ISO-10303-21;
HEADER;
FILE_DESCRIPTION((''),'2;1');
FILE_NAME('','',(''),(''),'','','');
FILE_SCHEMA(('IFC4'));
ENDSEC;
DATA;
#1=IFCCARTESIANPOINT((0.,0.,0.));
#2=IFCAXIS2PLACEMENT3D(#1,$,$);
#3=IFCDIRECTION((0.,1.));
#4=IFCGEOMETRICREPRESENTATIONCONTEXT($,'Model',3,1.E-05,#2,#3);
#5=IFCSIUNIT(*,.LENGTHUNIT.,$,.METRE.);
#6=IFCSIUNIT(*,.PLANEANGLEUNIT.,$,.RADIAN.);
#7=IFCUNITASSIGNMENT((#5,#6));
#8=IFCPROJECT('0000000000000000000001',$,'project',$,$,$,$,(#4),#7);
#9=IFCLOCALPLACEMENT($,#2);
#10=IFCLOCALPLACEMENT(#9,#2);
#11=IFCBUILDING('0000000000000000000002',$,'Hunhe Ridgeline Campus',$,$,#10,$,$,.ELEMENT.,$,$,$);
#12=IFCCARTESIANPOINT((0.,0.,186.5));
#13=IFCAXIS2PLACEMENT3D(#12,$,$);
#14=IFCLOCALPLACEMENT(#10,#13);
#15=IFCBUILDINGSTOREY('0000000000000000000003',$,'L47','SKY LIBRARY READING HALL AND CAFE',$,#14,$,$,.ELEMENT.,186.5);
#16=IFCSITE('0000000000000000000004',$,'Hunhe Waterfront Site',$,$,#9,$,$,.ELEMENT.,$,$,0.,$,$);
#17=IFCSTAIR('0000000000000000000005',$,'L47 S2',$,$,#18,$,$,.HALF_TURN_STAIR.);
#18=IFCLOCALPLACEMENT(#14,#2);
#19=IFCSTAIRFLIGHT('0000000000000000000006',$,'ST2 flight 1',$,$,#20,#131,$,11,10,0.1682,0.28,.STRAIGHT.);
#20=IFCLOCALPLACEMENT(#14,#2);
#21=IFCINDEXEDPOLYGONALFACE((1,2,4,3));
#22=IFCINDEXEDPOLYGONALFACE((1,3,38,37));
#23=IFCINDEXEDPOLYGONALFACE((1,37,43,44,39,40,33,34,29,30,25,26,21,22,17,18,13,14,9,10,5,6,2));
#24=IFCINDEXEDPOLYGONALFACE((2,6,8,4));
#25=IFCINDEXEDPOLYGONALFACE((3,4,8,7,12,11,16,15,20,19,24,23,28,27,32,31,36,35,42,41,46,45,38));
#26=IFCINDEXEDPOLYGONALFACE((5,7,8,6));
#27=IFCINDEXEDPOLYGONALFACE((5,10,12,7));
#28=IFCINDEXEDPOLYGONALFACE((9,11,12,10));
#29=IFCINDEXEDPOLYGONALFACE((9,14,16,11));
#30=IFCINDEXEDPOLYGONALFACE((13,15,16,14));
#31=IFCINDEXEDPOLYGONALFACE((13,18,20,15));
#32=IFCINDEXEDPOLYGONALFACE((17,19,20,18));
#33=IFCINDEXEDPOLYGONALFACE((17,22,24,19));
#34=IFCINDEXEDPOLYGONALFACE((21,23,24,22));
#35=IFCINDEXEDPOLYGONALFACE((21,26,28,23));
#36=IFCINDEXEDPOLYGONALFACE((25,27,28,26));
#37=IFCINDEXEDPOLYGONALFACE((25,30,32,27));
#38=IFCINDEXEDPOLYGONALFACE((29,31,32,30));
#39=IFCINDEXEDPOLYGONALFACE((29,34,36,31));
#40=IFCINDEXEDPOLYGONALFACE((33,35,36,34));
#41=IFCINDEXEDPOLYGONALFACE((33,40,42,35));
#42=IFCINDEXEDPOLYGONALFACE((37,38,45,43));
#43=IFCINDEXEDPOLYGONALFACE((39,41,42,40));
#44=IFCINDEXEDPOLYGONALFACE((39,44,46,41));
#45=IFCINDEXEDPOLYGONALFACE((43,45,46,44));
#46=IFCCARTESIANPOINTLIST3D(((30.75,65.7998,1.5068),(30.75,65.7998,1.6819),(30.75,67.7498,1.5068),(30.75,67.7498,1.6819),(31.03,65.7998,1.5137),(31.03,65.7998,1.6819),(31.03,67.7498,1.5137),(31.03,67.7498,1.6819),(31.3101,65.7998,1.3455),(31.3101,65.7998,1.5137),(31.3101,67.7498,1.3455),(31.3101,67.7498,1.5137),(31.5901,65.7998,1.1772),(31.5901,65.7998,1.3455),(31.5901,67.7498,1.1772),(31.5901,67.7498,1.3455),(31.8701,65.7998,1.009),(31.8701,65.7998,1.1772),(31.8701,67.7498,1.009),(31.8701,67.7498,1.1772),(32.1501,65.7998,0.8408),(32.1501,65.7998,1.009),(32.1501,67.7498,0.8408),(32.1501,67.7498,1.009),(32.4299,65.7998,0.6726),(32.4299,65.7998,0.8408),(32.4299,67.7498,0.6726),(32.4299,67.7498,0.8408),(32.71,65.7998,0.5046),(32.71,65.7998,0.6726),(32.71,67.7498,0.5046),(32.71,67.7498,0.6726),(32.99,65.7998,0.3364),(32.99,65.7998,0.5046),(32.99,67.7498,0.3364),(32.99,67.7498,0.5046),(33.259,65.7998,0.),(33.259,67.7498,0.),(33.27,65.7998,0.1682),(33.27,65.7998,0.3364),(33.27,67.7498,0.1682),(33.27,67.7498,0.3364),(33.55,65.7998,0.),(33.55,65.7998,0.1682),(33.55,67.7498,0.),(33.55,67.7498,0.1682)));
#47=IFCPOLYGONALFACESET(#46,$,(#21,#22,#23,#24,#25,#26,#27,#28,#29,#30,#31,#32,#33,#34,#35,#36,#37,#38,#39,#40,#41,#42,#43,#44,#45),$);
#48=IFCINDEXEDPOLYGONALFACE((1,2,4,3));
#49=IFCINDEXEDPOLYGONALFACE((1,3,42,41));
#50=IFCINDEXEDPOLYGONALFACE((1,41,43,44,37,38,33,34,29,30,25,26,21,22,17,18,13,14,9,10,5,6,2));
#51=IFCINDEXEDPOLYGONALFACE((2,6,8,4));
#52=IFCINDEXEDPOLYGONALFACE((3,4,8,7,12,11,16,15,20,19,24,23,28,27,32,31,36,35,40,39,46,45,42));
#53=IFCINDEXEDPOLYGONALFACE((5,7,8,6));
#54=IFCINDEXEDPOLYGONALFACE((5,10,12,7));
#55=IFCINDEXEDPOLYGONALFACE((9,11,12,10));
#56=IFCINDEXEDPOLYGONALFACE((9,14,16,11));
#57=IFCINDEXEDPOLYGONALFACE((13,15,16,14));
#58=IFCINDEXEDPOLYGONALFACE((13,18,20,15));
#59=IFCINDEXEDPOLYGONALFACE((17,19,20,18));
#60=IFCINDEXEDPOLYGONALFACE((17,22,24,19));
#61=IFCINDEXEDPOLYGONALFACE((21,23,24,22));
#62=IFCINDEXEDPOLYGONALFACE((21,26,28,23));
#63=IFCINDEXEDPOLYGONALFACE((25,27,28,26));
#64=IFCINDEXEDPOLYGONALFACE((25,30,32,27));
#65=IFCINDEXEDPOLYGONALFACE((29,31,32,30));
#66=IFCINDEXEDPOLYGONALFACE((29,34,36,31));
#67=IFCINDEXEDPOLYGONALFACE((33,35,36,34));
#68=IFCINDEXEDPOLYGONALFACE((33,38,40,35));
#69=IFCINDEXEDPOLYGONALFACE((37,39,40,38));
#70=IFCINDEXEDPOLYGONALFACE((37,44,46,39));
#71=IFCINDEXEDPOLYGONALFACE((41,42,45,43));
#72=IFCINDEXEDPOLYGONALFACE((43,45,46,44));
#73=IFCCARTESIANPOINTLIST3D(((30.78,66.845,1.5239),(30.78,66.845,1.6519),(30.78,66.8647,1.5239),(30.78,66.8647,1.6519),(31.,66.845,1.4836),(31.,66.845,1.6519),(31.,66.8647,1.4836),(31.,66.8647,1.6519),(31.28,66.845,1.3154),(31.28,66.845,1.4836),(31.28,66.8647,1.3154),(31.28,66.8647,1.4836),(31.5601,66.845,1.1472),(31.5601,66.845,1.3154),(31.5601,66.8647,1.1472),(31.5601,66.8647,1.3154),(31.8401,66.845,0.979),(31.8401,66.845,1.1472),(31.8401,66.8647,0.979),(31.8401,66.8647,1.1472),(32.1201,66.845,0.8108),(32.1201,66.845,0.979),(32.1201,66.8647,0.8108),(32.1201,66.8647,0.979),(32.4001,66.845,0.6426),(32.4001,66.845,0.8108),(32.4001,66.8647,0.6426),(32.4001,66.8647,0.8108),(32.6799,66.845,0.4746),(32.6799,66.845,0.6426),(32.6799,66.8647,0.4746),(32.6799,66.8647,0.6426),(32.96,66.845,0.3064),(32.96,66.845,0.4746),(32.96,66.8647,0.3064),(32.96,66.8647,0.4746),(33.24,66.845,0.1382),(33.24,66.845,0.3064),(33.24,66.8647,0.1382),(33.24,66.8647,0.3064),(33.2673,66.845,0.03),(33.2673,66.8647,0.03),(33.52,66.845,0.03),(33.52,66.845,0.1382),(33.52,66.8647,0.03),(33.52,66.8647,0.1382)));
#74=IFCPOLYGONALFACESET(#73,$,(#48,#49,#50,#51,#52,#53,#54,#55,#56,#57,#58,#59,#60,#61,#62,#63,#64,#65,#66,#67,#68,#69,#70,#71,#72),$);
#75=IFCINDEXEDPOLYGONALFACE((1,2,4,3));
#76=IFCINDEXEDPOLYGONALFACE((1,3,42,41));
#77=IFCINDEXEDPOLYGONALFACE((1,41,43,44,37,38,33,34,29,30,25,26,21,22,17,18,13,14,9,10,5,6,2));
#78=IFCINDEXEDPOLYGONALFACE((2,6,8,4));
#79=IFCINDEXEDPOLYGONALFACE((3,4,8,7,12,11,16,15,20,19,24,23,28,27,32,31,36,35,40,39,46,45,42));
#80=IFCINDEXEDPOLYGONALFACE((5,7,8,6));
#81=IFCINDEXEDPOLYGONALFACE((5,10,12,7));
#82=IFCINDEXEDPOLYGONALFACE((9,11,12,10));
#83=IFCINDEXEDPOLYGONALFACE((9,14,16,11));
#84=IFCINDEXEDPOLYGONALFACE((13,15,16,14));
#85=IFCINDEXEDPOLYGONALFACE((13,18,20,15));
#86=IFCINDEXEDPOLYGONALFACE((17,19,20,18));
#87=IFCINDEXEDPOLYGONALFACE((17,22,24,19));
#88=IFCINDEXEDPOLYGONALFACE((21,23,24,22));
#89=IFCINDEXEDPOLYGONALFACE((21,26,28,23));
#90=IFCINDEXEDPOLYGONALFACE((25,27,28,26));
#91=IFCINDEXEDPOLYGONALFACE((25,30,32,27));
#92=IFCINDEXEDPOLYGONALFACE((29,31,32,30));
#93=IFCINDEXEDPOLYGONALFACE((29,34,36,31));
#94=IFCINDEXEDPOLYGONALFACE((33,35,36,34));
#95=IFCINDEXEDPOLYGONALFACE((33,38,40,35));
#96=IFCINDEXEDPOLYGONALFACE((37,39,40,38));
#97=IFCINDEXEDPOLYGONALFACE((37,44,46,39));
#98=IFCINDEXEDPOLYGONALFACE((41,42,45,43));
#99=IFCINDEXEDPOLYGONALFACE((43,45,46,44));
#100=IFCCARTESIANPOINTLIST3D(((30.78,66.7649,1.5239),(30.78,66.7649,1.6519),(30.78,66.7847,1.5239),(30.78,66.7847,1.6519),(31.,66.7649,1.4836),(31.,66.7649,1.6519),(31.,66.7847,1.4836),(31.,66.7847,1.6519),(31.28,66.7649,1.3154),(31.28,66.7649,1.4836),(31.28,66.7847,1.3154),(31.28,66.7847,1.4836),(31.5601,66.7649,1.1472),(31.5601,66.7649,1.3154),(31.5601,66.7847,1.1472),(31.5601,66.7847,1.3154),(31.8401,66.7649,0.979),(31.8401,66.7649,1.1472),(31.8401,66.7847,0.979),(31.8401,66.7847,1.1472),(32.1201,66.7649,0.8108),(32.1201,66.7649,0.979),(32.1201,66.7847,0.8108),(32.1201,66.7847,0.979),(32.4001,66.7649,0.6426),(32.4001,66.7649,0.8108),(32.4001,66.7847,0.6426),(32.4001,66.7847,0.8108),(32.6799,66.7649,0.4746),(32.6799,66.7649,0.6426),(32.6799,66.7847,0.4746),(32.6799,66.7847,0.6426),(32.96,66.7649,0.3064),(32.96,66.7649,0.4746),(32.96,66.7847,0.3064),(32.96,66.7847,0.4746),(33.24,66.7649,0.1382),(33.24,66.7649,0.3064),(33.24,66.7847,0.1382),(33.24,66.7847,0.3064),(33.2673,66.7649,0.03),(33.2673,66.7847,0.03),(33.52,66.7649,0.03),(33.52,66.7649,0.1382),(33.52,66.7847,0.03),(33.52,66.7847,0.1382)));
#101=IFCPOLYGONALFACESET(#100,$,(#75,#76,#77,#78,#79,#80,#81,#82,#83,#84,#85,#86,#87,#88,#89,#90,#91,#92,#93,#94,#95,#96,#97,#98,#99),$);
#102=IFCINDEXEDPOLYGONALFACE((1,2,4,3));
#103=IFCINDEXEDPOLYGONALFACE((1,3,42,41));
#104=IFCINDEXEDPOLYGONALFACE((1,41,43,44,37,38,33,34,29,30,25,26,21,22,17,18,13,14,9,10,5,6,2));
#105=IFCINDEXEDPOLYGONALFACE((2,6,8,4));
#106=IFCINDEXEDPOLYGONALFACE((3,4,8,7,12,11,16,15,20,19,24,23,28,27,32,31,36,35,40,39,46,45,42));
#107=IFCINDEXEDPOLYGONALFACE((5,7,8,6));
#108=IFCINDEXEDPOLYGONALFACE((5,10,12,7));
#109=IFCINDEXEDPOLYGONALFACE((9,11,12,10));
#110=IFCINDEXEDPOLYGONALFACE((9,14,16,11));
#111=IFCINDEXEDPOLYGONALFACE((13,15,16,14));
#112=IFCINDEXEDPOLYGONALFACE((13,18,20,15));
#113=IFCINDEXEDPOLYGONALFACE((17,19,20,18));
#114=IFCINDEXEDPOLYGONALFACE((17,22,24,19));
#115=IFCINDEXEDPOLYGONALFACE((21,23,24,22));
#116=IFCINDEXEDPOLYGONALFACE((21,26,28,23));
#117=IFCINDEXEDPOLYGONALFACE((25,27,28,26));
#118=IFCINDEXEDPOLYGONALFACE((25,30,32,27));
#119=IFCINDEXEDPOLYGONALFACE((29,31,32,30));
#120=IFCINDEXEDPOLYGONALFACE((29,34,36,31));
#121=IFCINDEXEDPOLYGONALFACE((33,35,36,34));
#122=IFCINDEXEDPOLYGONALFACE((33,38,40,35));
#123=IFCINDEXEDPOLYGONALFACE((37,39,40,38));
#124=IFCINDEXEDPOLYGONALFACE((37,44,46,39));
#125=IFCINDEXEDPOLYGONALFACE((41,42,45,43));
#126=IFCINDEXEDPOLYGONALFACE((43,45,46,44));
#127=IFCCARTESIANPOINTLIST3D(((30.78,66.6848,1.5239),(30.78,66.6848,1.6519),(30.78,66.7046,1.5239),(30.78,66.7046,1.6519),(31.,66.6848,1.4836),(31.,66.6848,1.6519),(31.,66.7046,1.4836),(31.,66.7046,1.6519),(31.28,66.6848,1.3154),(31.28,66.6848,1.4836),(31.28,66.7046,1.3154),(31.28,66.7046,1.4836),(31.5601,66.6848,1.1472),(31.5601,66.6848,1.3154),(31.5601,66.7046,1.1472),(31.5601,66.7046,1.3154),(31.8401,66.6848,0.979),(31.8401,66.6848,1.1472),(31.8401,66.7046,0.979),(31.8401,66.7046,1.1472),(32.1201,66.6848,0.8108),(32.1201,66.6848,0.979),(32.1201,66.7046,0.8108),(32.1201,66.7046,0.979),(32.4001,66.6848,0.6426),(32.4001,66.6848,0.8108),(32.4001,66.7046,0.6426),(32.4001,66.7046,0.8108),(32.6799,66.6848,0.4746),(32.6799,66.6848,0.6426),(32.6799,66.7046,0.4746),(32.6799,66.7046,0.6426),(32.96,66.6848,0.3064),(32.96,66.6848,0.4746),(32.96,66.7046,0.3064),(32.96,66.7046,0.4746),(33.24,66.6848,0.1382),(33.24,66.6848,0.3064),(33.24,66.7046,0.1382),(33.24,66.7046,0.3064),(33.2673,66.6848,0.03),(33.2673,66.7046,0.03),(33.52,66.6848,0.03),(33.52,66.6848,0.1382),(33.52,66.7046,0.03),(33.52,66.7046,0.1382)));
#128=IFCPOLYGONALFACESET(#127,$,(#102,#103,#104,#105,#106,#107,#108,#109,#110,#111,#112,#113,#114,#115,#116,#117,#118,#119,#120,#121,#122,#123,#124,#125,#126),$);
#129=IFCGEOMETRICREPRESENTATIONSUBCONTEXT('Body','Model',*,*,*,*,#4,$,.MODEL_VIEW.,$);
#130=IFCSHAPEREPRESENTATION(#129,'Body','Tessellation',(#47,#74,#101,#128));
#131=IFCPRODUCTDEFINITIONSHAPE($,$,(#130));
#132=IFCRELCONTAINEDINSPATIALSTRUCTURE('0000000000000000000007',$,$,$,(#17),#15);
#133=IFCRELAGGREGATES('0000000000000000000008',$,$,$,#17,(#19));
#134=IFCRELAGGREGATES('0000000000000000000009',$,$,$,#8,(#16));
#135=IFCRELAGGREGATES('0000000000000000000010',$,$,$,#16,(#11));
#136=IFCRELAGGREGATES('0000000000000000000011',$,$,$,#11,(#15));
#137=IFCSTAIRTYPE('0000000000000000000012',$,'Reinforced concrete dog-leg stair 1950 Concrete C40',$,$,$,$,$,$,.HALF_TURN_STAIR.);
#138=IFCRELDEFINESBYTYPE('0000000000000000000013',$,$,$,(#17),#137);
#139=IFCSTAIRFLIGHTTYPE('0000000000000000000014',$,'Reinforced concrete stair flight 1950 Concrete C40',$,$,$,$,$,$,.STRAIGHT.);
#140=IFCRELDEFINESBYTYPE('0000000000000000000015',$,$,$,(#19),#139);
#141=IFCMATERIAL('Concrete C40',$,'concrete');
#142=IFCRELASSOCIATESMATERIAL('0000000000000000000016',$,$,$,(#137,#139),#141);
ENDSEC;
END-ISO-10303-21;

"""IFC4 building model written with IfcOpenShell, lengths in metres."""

from ifc_helpers import new_model, si_unit, direction, frame, origin, place, context, subcontext, project, spatial, polyline, outline, extrude, material, type_object, element, aggregate, save


model = new_model("IFC4")

# Units and contexts
model_context = context("Model", 3, precision=1e-05, world=origin(), true_north=direction((0.0, 1.0)))
body_context = subcontext(model_context, "Body", "Model", "MODEL_VIEW")
ifc_project = project(units=[si_unit("LENGTHUNIT", "METRE"), si_unit("PLANEANGLEUNIT", "RADIAN")], contexts=[model_context])

# Site, building, storey
site_placement = place(None, origin())
site = spatial("IfcSite", under=ifc_project, at=site_placement, Name="Hunhe Waterfront Site", CompositionType="ELEMENT", RefElevation=0.0)
building_placement = place(site_placement, origin())
building = spatial("IfcBuilding", under=site, at=building_placement, Name="Hunhe Ridgeline Campus", CompositionType="ELEMENT")
storey_placement = place(building_placement, frame((0.0, 0.0, 186.5)))
storey = spatial("IfcBuildingStorey", under=building, at=storey_placement, Name="L47", Description="SKY LIBRARY READING HALL AND CAFE", CompositionType="ELEMENT", Elevation=186.5)

# Stair, stair flight
ifc_material_1 = material(Name="Concrete C40", Category="concrete")
stair_type = type_object("IfcStairType", Name="Reinforced concrete dog-leg stair 1950 Concrete C40", PredefinedType="HALF_TURN_STAIR", material=ifc_material_1)
stair_placement = place(storey_placement, origin())
stair = element("IfcStair", 1, at=stair_placement, inside=storey, type_object=stair_type, Name="L47 S2", PredefinedType="HALF_TURN_STAIR")
stair_flight_type = type_object("IfcStairFlightType", Name="Reinforced concrete stair flight 1950 Concrete C40", PredefinedType="STRAIGHT", material=ifc_material_1)
stair_flight_1_placement = place(storey_placement, frame((33.55, 66.7749, 0.0), z_axis=(0.0, 0.0, 1.0), x_axis=(-1.0, 0.0, 0.0)))
stair_flight_1 = element("IfcStairFlight", 2, at=stair_flight_1_placement, type_object=stair_flight_type, Name="ST2 flight 1", NumberOfRisers=11, NumberOfTreads=10, PredefinedType="STRAIGHT", RiserHeight=0.1682, TreadLength=0.28, context=body_context, shape_type="SweptSolid", body=[
    extrude(outline(polyline([(0.0, 0.0), (0.0, 0.1682), (0.28, 0.1682), (0.28, 0.3364), (0.5601, 0.3364), (0.5601, 0.5046), (0.8401, 0.5046), (0.8401, 0.6726), (1.1201, 0.6726), (1.1201, 0.8408), (1.3999, 0.8408), (1.3999, 1.009), (1.6799, 1.009), (1.6799, 1.1772), (1.96, 1.1772), (1.96, 1.3455), (2.24, 1.3455), (2.24, 1.5137), (2.52, 1.5137), (2.52, 1.6819), (2.8, 1.6819), (2.8, 1.8501), (2.8, 1.5068), (0.291, 0.0), (0.0, 0.0)])), frame((0.0, 0.9751, 0.0), z_axis=(0.0, -1.0, 0.0), x_axis=(1.0, 0.0, 0.0)), (0.0, 0.0, 1.0), 1.95),
    extrude(outline(polyline([(0.03, 0.03), (0.03, 0.1382), (0.3101, 0.1382), (0.3101, 0.3064), (0.5901, 0.3064), (0.5901, 0.4746), (0.8701, 0.4746), (0.8701, 0.6426), (1.1499, 0.6426), (1.1499, 0.8108), (1.4299, 0.8108), (1.4299, 0.979), (1.71, 0.979), (1.71, 1.1472), (1.99, 1.1472), (1.99, 1.3154), (2.27, 1.3154), (2.27, 1.4836), (2.55, 1.4836), (2.55, 1.6519), (2.77, 1.6519), (2.77, 1.5239), (0.2827, 0.03), (0.03, 0.03)])), frame((0.0, -0.0701, 0.0), z_axis=(0.0, -1.0, 0.0), x_axis=(1.0, 0.0, 0.0)), (0.0, 0.0, 1.0), 0.0198),
    extrude(outline(polyline([(0.03, 0.03), (0.03, 0.1382), (0.3101, 0.1382), (0.3101, 0.3064), (0.5901, 0.3064), (0.5901, 0.4746), (0.8701, 0.4746), (0.8701, 0.6426), (1.1499, 0.6426), (1.1499, 0.8108), (1.4299, 0.8108), (1.4299, 0.979), (1.71, 0.979), (1.71, 1.1472), (1.99, 1.1472), (1.99, 1.3154), (2.27, 1.3154), (2.27, 1.4836), (2.55, 1.4836), (2.55, 1.6519), (2.77, 1.6519), (2.77, 1.5239), (0.2827, 0.03), (0.03, 0.03)])), frame((0.0, 0.01, 0.0), z_axis=(0.0, -1.0, 0.0), x_axis=(1.0, 0.0, 0.0)), (0.0, 0.0, 1.0), 0.0198),
    extrude(outline(polyline([(0.03, 0.03), (0.03, 0.1382), (0.3101, 0.1382), (0.3101, 0.3064), (0.5901, 0.3064), (0.5901, 0.4746), (0.8701, 0.4746), (0.8701, 0.6426), (1.1499, 0.6426), (1.1499, 0.8108), (1.4299, 0.8108), (1.4299, 0.979), (1.71, 0.979), (1.71, 1.1472), (1.99, 1.1472), (1.99, 1.3154), (2.27, 1.3154), (2.27, 1.4836), (2.55, 1.4836), (2.55, 1.6519), (2.77, 1.6519), (2.77, 1.5239), (0.2827, 0.03), (0.03, 0.03)])), frame((0.0, 0.0901, 0.0), z_axis=(0.0, -1.0, 0.0), x_axis=(1.0, 0.0, 0.0)), (0.0, 0.0, 1.0), 0.0198),
])
aggregate(stair, [stair_flight_1])

save(model, "model.ifc")
